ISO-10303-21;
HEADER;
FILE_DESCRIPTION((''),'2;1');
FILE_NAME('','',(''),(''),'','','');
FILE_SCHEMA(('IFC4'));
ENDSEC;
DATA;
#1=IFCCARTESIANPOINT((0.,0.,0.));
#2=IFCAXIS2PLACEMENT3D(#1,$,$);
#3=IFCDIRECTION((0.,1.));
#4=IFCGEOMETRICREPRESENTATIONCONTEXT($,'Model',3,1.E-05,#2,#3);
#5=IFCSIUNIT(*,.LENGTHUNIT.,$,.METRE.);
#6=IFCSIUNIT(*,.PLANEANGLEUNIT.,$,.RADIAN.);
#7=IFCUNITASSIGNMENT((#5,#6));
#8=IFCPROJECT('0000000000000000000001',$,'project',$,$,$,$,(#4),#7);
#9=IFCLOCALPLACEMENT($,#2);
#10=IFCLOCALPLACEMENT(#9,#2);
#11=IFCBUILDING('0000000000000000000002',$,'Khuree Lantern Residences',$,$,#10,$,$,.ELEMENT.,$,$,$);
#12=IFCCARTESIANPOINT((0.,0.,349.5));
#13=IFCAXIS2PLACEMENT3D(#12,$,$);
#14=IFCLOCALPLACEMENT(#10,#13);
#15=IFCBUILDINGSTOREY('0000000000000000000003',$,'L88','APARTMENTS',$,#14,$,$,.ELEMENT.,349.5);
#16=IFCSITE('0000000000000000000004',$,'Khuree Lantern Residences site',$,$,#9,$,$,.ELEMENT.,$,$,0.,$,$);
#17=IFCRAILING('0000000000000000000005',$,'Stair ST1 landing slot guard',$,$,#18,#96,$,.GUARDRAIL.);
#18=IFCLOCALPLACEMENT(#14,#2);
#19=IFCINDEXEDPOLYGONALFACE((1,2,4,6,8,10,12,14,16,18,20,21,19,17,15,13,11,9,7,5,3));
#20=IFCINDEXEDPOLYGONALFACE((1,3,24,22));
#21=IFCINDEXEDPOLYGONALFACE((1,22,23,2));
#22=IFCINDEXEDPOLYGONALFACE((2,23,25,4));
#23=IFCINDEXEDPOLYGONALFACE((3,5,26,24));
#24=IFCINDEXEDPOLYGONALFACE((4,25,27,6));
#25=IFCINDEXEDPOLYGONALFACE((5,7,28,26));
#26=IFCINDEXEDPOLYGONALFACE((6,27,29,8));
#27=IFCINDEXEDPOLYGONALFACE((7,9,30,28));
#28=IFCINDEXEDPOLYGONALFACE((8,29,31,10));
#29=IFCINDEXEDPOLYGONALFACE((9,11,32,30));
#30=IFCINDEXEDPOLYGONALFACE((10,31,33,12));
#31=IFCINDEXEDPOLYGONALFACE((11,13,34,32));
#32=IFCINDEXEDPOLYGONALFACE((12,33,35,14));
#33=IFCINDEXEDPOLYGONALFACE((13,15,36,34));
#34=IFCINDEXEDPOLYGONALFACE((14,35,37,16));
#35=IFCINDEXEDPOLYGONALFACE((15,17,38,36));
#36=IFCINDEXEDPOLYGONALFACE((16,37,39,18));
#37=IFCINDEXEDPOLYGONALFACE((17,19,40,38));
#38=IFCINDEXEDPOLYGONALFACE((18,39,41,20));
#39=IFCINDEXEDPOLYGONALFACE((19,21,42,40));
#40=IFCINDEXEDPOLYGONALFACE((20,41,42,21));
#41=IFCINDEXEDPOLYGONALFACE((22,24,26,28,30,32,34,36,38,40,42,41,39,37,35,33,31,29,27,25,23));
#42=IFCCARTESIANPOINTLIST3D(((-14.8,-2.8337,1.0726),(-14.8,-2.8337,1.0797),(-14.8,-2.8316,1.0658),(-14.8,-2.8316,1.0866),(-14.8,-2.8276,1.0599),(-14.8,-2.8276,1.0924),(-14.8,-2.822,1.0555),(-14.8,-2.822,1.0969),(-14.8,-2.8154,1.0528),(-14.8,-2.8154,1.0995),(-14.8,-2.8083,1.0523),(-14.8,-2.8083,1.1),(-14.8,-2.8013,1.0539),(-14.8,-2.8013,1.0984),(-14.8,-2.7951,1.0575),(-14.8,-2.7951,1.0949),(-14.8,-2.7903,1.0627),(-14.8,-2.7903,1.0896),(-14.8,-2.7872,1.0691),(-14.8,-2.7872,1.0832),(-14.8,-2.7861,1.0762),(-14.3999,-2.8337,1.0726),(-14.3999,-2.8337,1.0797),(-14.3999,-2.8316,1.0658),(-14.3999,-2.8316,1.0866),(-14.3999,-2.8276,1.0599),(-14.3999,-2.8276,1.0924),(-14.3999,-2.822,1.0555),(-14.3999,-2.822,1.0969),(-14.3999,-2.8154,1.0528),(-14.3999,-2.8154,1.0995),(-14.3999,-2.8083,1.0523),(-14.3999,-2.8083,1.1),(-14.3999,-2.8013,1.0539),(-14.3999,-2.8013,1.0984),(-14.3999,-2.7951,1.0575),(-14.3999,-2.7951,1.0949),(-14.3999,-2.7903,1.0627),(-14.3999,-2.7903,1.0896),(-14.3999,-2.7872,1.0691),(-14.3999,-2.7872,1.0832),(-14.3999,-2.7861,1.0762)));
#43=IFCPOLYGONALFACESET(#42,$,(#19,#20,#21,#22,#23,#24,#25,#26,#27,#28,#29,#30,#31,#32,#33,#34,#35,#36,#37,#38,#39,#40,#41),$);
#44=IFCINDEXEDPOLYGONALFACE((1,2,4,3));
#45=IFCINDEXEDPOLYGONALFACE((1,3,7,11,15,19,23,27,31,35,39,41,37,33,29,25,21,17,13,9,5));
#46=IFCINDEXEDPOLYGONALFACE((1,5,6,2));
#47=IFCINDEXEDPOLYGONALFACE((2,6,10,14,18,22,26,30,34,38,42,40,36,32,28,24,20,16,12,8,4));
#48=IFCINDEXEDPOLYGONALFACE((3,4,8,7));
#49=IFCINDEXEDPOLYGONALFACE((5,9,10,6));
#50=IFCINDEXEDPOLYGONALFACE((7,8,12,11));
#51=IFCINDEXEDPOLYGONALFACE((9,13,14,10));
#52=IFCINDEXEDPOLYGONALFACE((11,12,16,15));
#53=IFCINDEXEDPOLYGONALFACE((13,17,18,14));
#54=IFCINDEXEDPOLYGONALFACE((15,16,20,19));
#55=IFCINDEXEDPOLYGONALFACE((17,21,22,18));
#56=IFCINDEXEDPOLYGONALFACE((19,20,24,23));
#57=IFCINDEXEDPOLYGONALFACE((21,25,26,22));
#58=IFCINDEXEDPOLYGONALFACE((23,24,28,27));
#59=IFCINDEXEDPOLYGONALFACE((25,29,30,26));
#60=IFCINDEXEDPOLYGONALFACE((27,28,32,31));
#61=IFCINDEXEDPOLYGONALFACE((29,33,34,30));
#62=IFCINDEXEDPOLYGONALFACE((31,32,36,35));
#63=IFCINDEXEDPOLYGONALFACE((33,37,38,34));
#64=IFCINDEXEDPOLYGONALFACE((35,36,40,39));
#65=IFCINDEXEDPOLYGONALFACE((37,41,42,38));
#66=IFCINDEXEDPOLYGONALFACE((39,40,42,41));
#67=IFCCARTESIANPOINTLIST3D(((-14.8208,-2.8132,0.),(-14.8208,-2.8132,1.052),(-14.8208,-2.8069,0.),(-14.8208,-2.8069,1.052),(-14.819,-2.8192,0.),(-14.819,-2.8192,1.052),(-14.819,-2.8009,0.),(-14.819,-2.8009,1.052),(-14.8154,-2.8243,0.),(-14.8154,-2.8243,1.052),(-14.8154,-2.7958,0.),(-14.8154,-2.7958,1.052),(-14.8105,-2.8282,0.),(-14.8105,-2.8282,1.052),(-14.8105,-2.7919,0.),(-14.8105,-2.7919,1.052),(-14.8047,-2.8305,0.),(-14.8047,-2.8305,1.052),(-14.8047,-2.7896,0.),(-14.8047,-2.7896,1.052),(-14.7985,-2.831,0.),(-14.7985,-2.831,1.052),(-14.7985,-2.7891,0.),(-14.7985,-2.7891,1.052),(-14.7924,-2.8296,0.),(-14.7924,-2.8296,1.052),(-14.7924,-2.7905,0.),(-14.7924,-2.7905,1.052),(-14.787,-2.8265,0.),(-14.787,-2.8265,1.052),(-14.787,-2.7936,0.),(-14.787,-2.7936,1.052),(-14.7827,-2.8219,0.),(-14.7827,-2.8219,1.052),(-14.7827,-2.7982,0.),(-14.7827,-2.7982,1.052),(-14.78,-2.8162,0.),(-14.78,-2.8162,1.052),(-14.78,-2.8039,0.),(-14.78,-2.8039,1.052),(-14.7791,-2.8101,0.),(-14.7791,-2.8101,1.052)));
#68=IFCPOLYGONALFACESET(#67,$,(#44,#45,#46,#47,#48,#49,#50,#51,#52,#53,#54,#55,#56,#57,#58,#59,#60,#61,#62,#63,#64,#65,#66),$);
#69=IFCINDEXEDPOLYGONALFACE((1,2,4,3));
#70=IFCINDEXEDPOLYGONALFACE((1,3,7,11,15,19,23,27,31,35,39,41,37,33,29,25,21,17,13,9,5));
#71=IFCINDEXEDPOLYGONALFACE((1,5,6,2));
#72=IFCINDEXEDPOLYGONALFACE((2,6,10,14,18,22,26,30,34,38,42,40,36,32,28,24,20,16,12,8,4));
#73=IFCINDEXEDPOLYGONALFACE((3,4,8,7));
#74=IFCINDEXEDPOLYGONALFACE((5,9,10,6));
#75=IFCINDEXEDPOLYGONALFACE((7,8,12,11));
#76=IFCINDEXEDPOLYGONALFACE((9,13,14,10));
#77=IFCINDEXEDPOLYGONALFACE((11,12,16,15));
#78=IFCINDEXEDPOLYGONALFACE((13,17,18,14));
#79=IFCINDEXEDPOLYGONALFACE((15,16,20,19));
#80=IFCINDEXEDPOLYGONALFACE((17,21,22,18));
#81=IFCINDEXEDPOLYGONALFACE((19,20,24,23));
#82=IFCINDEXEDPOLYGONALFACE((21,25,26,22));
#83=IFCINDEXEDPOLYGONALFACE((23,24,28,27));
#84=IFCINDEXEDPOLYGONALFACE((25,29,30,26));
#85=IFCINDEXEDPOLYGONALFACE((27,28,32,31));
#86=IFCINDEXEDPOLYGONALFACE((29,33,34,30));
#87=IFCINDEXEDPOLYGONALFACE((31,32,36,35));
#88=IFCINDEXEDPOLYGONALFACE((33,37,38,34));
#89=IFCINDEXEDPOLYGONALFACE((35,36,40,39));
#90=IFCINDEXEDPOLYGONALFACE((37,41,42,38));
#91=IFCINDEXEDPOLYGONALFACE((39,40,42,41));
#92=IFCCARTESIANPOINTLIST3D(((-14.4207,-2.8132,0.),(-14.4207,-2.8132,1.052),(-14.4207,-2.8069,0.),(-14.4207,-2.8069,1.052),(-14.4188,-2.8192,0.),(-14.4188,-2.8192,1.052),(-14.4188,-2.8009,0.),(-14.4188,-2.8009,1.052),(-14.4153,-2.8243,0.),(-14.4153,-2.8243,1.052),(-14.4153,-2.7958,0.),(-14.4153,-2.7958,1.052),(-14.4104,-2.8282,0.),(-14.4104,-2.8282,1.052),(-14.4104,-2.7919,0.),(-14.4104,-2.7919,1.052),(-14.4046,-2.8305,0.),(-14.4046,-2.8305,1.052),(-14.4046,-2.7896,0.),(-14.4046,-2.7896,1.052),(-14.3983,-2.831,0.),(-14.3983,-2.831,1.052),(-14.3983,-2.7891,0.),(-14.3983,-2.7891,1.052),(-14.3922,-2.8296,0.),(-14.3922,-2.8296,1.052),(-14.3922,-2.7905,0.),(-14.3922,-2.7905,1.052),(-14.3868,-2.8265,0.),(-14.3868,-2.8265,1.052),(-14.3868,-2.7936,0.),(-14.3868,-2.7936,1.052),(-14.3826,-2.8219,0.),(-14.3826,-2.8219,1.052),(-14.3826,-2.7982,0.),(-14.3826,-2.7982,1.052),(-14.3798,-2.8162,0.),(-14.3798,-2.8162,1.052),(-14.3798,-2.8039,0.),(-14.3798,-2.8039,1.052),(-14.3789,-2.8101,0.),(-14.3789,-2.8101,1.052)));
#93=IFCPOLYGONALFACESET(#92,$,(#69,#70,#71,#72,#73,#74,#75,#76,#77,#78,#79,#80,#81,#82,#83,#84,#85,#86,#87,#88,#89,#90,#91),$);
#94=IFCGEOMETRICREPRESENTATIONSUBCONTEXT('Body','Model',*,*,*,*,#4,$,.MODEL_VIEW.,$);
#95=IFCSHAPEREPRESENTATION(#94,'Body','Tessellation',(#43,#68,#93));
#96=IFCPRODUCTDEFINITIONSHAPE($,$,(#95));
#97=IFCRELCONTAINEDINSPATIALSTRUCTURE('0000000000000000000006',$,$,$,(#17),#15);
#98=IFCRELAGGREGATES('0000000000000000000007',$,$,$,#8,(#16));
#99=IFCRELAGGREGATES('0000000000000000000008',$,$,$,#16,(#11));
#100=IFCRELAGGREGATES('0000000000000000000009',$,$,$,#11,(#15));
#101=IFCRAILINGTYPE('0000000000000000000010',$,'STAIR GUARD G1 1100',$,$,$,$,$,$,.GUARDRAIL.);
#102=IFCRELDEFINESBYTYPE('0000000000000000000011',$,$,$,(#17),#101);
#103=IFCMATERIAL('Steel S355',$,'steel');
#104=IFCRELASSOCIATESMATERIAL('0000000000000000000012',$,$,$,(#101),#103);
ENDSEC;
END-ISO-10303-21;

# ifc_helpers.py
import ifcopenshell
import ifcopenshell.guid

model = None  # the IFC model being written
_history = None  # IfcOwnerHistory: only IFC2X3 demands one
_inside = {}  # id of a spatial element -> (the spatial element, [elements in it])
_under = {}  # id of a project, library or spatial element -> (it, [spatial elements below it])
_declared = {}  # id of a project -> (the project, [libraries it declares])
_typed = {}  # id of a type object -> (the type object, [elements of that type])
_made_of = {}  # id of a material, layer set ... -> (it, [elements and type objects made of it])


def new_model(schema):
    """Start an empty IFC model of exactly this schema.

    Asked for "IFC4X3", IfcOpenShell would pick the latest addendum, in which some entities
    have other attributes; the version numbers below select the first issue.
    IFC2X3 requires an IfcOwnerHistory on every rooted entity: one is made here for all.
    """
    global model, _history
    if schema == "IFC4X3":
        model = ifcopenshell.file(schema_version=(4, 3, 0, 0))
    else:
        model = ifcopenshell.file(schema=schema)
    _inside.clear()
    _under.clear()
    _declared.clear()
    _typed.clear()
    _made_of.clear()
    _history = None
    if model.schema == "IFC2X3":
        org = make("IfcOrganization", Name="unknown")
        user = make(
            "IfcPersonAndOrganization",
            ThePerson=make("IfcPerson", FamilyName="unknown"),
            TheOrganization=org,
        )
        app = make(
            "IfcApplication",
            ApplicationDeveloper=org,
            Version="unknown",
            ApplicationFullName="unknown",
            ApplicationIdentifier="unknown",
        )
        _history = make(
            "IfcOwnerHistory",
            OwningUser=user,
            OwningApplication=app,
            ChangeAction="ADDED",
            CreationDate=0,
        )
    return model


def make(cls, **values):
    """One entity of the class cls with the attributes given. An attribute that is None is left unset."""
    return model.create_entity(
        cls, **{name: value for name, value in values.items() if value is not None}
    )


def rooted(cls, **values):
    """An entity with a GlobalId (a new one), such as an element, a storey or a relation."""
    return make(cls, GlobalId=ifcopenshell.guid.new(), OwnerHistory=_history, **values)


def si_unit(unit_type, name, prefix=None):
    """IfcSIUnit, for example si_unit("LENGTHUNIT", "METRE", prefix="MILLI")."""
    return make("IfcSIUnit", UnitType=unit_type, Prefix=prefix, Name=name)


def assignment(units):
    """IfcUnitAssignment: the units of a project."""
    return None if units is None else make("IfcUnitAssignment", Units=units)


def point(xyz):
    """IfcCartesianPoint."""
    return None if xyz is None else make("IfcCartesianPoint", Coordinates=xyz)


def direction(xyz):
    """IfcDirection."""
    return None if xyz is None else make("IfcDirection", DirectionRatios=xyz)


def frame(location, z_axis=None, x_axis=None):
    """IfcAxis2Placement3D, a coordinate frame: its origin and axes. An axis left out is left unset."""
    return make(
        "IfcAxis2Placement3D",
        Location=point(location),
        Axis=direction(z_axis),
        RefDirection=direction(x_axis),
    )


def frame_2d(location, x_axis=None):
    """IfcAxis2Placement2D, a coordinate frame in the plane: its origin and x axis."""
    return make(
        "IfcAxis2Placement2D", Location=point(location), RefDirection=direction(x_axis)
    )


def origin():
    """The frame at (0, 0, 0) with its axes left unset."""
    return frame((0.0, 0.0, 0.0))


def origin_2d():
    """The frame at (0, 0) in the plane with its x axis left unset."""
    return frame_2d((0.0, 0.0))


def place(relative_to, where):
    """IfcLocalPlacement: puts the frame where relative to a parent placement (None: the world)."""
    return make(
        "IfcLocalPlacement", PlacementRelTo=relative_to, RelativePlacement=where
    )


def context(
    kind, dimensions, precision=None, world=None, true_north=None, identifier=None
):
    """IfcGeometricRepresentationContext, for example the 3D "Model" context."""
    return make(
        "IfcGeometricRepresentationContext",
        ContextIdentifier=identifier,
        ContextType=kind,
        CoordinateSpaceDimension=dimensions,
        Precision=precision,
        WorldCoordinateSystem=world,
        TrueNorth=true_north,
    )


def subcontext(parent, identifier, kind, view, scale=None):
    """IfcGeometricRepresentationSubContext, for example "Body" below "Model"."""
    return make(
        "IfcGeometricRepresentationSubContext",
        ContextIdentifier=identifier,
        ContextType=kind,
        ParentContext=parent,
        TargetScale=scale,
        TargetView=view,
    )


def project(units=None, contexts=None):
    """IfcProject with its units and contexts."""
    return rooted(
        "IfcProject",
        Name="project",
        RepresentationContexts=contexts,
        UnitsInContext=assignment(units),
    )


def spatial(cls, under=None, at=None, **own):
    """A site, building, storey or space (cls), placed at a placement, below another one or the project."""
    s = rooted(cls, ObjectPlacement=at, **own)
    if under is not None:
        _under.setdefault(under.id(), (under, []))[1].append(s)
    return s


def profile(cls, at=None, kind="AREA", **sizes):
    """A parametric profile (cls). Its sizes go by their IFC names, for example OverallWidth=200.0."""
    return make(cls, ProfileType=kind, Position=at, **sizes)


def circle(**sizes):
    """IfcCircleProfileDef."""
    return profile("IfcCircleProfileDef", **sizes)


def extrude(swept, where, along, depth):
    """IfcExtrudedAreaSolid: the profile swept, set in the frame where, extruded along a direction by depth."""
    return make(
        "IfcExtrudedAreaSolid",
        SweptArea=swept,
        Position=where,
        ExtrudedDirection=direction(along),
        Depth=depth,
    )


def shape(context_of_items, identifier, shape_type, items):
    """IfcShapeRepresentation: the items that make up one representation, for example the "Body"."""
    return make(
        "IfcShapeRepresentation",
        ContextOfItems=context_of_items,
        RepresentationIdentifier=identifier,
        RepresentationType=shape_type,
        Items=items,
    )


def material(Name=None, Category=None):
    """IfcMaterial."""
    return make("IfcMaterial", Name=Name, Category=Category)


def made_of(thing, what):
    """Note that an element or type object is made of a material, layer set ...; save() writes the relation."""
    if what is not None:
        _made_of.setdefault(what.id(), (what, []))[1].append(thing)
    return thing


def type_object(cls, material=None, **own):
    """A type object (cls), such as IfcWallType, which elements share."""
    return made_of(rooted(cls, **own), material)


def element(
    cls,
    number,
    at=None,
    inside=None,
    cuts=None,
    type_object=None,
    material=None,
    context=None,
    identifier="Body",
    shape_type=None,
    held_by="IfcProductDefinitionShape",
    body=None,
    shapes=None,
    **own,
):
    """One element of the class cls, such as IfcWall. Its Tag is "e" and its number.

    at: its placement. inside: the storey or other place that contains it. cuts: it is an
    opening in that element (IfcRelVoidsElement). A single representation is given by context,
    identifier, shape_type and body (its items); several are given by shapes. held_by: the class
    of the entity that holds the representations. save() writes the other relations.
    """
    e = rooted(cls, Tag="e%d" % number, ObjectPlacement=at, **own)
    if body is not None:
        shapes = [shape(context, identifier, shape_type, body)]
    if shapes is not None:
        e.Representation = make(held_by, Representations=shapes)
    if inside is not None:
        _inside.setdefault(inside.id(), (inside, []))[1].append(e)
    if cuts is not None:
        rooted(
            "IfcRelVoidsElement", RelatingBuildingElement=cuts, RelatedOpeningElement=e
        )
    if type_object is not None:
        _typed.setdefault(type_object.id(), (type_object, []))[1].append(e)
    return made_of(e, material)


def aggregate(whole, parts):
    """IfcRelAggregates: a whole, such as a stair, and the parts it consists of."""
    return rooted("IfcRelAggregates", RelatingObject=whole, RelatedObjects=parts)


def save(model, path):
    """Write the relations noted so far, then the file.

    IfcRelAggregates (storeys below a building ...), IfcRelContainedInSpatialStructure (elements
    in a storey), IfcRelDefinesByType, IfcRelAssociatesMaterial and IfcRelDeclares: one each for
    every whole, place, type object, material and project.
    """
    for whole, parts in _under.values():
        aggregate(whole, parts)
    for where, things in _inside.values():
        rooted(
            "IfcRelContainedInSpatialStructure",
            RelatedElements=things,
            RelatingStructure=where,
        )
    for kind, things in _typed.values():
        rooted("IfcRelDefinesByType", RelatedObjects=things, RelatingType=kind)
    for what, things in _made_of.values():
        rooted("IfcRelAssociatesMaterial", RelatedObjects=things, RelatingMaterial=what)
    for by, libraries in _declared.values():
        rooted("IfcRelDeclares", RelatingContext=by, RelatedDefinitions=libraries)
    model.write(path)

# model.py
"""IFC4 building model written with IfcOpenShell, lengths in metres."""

from ifc_helpers import new_model, si_unit, direction, frame, origin, origin_2d, place, context, subcontext, project, spatial, circle, extrude, material, type_object, element, save


model = new_model("IFC4")

# Units and contexts
model_context = context("Model", 3, precision=1e-05, world=origin(), true_north=direction((0.0, 1.0)))
body_context = subcontext(model_context, "Body", "Model", "MODEL_VIEW")
ifc_project = project(units=[si_unit("LENGTHUNIT", "METRE"), si_unit("PLANEANGLEUNIT", "RADIAN")], contexts=[model_context])

# Site, building, storey
site_placement = place(None, origin())
site = spatial("IfcSite", under=ifc_project, at=site_placement, Name="Khuree Lantern Residences site", CompositionType="ELEMENT", RefElevation=0.0)
building_placement = place(site_placement, origin())
building = spatial("IfcBuilding", under=site, at=building_placement, Name="Khuree Lantern Residences", CompositionType="ELEMENT")
storey_placement = place(building_placement, frame((0.0, 0.0, 349.5)))
storey = spatial("IfcBuildingStorey", under=building, at=storey_placement, Name="L88", Description="APARTMENTS", CompositionType="ELEMENT", Elevation=349.5)

# Railing
ifc_material_1 = material(Name="Steel S355", Category="steel")
railing_type_1 = type_object("IfcRailingType", Name="STAIR GUARD G1 1100", PredefinedType="GUARDRAIL", material=ifc_material_1)
railing_1_placement = place(storey_placement, frame((-14.8, -2.8101, 0.0)))
element("IfcRailing", 1, at=railing_1_placement, inside=storey, type_object=railing_type_1, Name="Stair ST1 landing slot guard", PredefinedType="GUARDRAIL", context=body_context, shape_type="SweptSolid", body=[
    extrude(circle(Radius=0.0239, at=origin_2d()), frame((0.0, 0.0, 1.0762), z_axis=(1.0, 0.0, 0.0), x_axis=(0.0, 1.0, 0.0)), (0.0, 0.0, 1.0), 0.4001),
    extrude(circle(Radius=0.021, at=origin_2d()), origin(), (0.0, 0.0, 1.0), 1.052),
    extrude(circle(Radius=0.021, at=origin_2d()), frame((0.4001, 0.0, 0.0)), (0.0, 0.0, 1.0), 1.052),
])

save(model, "model.ifc")
